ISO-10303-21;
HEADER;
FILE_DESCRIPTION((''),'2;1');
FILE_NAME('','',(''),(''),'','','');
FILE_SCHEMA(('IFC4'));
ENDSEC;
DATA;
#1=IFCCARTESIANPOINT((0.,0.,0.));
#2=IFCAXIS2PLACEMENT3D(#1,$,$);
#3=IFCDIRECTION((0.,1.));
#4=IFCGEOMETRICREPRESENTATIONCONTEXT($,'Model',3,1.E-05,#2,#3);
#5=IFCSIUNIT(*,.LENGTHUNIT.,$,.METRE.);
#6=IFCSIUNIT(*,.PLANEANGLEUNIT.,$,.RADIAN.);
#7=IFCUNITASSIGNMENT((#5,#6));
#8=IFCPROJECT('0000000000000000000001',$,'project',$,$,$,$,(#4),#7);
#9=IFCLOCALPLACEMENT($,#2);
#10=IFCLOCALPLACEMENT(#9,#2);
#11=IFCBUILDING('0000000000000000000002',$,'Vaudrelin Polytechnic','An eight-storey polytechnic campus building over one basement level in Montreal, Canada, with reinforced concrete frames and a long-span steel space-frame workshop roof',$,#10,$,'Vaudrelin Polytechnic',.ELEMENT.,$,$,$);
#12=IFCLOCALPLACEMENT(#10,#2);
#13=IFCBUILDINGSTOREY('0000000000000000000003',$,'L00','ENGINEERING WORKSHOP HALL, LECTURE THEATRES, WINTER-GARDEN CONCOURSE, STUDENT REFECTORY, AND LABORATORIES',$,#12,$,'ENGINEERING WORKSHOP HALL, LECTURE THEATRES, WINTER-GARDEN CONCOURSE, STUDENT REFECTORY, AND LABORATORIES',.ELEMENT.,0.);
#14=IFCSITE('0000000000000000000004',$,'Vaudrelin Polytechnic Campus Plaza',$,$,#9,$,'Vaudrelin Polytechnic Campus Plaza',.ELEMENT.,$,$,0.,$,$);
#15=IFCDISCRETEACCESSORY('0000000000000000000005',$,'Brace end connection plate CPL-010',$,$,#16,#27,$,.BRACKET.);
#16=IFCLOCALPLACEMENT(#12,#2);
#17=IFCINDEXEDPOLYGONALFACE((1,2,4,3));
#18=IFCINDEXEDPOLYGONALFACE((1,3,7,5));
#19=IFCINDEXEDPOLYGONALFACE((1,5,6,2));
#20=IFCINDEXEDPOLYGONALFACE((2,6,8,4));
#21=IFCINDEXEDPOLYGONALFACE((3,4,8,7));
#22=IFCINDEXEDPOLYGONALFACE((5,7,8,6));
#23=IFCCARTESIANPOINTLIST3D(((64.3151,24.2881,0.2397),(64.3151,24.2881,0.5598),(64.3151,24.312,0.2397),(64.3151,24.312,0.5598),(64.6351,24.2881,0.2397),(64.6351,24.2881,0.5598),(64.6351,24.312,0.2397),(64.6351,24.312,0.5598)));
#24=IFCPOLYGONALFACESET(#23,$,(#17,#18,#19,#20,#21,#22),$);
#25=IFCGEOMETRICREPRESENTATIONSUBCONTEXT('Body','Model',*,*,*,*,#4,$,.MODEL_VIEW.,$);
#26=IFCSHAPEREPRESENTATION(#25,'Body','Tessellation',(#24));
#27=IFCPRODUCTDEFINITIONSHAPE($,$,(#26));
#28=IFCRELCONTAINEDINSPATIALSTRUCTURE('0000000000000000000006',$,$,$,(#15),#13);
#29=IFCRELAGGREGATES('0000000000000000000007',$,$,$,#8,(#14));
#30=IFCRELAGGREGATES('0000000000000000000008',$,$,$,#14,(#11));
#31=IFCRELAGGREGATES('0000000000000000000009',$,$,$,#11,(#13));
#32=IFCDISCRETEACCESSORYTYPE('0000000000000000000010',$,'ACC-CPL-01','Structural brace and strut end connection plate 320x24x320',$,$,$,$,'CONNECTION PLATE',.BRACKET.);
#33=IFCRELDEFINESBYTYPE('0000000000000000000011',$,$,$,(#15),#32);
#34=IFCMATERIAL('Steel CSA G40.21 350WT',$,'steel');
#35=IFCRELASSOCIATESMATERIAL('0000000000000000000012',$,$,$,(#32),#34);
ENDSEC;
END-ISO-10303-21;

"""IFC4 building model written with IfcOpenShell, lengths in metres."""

from ifc_helpers import new_model, si_unit, direction, frame, origin, origin_2d, place, context, subcontext, project, spatial, rectangle, extrude, material, type_object, element, save


model = new_model("IFC4")

# Units and contexts
model_context = context("Model", 3, precision=1e-05, world=origin(), true_north=direction((0.0, 1.0)))
body_context = subcontext(model_context, "Body", "Model", "MODEL_VIEW")
ifc_project = project(units=[si_unit("LENGTHUNIT", "METRE"), si_unit("PLANEANGLEUNIT", "RADIAN")], contexts=[model_context])

# Site, building, storey
site_placement = place(None, origin())
site = spatial("IfcSite", under=ifc_project, at=site_placement, Name="Vaudrelin Polytechnic Campus Plaza", LongName="Vaudrelin Polytechnic Campus Plaza", CompositionType="ELEMENT", RefElevation=0.0)
building_placement = place(site_placement, origin())
building = spatial("IfcBuilding", under=site, at=building_placement, Name="Vaudrelin Polytechnic", Description="An eight-storey polytechnic campus building over one basement level in Montreal, Canada, with reinforced concrete frames and a long-span steel space-frame workshop roof", LongName="Vaudrelin Polytechnic", CompositionType="ELEMENT")
storey_placement = place(building_placement, origin())
storey = spatial("IfcBuildingStorey", under=building, at=storey_placement, Name="L00", Description="ENGINEERING WORKSHOP HALL, LECTURE THEATRES, WINTER-GARDEN CONCOURSE, STUDENT REFECTORY, AND LABORATORIES", LongName="ENGINEERING WORKSHOP HALL, LECTURE THEATRES, WINTER-GARDEN CONCOURSE, STUDENT REFECTORY, AND LABORATORIES", CompositionType="ELEMENT", Elevation=0.0)

# Shared definitions
ifc_material_1 = material(Name="Steel CSA G40.21 350WT", Category="steel")

# Discrete accessory
discrete_accessory_type = type_object("IfcDiscreteAccessoryType", Name="ACC-CPL-01", Description="Structural brace and strut end connection plate 320x24x320", ElementType="CONNECTION PLATE", PredefinedType="BRACKET", material=ifc_material_1)
for number, where, z_axis, x_axis, name in (
    (1, (64.4751, 24.3, 0.2397), (0.0, 0.0, 1.0), (1.0, 0.0, 0.0), "Brace end connection plate CPL-010"),
):
    element("IfcDiscreteAccessory", number, at=place(storey_placement, frame(where, z_axis=z_axis, x_axis=x_axis)), inside=storey, type_object=discrete_accessory_type, Name=name, PredefinedType="BRACKET", context=body_context, shape_type="SweptSolid", body=[
        extrude(rectangle(XDim=0.3201, YDim=0.0239, at=origin_2d()), origin(), (0.0, 0.0, 1.0), 0.3201),
    ])

save(model, "model.ifc")
